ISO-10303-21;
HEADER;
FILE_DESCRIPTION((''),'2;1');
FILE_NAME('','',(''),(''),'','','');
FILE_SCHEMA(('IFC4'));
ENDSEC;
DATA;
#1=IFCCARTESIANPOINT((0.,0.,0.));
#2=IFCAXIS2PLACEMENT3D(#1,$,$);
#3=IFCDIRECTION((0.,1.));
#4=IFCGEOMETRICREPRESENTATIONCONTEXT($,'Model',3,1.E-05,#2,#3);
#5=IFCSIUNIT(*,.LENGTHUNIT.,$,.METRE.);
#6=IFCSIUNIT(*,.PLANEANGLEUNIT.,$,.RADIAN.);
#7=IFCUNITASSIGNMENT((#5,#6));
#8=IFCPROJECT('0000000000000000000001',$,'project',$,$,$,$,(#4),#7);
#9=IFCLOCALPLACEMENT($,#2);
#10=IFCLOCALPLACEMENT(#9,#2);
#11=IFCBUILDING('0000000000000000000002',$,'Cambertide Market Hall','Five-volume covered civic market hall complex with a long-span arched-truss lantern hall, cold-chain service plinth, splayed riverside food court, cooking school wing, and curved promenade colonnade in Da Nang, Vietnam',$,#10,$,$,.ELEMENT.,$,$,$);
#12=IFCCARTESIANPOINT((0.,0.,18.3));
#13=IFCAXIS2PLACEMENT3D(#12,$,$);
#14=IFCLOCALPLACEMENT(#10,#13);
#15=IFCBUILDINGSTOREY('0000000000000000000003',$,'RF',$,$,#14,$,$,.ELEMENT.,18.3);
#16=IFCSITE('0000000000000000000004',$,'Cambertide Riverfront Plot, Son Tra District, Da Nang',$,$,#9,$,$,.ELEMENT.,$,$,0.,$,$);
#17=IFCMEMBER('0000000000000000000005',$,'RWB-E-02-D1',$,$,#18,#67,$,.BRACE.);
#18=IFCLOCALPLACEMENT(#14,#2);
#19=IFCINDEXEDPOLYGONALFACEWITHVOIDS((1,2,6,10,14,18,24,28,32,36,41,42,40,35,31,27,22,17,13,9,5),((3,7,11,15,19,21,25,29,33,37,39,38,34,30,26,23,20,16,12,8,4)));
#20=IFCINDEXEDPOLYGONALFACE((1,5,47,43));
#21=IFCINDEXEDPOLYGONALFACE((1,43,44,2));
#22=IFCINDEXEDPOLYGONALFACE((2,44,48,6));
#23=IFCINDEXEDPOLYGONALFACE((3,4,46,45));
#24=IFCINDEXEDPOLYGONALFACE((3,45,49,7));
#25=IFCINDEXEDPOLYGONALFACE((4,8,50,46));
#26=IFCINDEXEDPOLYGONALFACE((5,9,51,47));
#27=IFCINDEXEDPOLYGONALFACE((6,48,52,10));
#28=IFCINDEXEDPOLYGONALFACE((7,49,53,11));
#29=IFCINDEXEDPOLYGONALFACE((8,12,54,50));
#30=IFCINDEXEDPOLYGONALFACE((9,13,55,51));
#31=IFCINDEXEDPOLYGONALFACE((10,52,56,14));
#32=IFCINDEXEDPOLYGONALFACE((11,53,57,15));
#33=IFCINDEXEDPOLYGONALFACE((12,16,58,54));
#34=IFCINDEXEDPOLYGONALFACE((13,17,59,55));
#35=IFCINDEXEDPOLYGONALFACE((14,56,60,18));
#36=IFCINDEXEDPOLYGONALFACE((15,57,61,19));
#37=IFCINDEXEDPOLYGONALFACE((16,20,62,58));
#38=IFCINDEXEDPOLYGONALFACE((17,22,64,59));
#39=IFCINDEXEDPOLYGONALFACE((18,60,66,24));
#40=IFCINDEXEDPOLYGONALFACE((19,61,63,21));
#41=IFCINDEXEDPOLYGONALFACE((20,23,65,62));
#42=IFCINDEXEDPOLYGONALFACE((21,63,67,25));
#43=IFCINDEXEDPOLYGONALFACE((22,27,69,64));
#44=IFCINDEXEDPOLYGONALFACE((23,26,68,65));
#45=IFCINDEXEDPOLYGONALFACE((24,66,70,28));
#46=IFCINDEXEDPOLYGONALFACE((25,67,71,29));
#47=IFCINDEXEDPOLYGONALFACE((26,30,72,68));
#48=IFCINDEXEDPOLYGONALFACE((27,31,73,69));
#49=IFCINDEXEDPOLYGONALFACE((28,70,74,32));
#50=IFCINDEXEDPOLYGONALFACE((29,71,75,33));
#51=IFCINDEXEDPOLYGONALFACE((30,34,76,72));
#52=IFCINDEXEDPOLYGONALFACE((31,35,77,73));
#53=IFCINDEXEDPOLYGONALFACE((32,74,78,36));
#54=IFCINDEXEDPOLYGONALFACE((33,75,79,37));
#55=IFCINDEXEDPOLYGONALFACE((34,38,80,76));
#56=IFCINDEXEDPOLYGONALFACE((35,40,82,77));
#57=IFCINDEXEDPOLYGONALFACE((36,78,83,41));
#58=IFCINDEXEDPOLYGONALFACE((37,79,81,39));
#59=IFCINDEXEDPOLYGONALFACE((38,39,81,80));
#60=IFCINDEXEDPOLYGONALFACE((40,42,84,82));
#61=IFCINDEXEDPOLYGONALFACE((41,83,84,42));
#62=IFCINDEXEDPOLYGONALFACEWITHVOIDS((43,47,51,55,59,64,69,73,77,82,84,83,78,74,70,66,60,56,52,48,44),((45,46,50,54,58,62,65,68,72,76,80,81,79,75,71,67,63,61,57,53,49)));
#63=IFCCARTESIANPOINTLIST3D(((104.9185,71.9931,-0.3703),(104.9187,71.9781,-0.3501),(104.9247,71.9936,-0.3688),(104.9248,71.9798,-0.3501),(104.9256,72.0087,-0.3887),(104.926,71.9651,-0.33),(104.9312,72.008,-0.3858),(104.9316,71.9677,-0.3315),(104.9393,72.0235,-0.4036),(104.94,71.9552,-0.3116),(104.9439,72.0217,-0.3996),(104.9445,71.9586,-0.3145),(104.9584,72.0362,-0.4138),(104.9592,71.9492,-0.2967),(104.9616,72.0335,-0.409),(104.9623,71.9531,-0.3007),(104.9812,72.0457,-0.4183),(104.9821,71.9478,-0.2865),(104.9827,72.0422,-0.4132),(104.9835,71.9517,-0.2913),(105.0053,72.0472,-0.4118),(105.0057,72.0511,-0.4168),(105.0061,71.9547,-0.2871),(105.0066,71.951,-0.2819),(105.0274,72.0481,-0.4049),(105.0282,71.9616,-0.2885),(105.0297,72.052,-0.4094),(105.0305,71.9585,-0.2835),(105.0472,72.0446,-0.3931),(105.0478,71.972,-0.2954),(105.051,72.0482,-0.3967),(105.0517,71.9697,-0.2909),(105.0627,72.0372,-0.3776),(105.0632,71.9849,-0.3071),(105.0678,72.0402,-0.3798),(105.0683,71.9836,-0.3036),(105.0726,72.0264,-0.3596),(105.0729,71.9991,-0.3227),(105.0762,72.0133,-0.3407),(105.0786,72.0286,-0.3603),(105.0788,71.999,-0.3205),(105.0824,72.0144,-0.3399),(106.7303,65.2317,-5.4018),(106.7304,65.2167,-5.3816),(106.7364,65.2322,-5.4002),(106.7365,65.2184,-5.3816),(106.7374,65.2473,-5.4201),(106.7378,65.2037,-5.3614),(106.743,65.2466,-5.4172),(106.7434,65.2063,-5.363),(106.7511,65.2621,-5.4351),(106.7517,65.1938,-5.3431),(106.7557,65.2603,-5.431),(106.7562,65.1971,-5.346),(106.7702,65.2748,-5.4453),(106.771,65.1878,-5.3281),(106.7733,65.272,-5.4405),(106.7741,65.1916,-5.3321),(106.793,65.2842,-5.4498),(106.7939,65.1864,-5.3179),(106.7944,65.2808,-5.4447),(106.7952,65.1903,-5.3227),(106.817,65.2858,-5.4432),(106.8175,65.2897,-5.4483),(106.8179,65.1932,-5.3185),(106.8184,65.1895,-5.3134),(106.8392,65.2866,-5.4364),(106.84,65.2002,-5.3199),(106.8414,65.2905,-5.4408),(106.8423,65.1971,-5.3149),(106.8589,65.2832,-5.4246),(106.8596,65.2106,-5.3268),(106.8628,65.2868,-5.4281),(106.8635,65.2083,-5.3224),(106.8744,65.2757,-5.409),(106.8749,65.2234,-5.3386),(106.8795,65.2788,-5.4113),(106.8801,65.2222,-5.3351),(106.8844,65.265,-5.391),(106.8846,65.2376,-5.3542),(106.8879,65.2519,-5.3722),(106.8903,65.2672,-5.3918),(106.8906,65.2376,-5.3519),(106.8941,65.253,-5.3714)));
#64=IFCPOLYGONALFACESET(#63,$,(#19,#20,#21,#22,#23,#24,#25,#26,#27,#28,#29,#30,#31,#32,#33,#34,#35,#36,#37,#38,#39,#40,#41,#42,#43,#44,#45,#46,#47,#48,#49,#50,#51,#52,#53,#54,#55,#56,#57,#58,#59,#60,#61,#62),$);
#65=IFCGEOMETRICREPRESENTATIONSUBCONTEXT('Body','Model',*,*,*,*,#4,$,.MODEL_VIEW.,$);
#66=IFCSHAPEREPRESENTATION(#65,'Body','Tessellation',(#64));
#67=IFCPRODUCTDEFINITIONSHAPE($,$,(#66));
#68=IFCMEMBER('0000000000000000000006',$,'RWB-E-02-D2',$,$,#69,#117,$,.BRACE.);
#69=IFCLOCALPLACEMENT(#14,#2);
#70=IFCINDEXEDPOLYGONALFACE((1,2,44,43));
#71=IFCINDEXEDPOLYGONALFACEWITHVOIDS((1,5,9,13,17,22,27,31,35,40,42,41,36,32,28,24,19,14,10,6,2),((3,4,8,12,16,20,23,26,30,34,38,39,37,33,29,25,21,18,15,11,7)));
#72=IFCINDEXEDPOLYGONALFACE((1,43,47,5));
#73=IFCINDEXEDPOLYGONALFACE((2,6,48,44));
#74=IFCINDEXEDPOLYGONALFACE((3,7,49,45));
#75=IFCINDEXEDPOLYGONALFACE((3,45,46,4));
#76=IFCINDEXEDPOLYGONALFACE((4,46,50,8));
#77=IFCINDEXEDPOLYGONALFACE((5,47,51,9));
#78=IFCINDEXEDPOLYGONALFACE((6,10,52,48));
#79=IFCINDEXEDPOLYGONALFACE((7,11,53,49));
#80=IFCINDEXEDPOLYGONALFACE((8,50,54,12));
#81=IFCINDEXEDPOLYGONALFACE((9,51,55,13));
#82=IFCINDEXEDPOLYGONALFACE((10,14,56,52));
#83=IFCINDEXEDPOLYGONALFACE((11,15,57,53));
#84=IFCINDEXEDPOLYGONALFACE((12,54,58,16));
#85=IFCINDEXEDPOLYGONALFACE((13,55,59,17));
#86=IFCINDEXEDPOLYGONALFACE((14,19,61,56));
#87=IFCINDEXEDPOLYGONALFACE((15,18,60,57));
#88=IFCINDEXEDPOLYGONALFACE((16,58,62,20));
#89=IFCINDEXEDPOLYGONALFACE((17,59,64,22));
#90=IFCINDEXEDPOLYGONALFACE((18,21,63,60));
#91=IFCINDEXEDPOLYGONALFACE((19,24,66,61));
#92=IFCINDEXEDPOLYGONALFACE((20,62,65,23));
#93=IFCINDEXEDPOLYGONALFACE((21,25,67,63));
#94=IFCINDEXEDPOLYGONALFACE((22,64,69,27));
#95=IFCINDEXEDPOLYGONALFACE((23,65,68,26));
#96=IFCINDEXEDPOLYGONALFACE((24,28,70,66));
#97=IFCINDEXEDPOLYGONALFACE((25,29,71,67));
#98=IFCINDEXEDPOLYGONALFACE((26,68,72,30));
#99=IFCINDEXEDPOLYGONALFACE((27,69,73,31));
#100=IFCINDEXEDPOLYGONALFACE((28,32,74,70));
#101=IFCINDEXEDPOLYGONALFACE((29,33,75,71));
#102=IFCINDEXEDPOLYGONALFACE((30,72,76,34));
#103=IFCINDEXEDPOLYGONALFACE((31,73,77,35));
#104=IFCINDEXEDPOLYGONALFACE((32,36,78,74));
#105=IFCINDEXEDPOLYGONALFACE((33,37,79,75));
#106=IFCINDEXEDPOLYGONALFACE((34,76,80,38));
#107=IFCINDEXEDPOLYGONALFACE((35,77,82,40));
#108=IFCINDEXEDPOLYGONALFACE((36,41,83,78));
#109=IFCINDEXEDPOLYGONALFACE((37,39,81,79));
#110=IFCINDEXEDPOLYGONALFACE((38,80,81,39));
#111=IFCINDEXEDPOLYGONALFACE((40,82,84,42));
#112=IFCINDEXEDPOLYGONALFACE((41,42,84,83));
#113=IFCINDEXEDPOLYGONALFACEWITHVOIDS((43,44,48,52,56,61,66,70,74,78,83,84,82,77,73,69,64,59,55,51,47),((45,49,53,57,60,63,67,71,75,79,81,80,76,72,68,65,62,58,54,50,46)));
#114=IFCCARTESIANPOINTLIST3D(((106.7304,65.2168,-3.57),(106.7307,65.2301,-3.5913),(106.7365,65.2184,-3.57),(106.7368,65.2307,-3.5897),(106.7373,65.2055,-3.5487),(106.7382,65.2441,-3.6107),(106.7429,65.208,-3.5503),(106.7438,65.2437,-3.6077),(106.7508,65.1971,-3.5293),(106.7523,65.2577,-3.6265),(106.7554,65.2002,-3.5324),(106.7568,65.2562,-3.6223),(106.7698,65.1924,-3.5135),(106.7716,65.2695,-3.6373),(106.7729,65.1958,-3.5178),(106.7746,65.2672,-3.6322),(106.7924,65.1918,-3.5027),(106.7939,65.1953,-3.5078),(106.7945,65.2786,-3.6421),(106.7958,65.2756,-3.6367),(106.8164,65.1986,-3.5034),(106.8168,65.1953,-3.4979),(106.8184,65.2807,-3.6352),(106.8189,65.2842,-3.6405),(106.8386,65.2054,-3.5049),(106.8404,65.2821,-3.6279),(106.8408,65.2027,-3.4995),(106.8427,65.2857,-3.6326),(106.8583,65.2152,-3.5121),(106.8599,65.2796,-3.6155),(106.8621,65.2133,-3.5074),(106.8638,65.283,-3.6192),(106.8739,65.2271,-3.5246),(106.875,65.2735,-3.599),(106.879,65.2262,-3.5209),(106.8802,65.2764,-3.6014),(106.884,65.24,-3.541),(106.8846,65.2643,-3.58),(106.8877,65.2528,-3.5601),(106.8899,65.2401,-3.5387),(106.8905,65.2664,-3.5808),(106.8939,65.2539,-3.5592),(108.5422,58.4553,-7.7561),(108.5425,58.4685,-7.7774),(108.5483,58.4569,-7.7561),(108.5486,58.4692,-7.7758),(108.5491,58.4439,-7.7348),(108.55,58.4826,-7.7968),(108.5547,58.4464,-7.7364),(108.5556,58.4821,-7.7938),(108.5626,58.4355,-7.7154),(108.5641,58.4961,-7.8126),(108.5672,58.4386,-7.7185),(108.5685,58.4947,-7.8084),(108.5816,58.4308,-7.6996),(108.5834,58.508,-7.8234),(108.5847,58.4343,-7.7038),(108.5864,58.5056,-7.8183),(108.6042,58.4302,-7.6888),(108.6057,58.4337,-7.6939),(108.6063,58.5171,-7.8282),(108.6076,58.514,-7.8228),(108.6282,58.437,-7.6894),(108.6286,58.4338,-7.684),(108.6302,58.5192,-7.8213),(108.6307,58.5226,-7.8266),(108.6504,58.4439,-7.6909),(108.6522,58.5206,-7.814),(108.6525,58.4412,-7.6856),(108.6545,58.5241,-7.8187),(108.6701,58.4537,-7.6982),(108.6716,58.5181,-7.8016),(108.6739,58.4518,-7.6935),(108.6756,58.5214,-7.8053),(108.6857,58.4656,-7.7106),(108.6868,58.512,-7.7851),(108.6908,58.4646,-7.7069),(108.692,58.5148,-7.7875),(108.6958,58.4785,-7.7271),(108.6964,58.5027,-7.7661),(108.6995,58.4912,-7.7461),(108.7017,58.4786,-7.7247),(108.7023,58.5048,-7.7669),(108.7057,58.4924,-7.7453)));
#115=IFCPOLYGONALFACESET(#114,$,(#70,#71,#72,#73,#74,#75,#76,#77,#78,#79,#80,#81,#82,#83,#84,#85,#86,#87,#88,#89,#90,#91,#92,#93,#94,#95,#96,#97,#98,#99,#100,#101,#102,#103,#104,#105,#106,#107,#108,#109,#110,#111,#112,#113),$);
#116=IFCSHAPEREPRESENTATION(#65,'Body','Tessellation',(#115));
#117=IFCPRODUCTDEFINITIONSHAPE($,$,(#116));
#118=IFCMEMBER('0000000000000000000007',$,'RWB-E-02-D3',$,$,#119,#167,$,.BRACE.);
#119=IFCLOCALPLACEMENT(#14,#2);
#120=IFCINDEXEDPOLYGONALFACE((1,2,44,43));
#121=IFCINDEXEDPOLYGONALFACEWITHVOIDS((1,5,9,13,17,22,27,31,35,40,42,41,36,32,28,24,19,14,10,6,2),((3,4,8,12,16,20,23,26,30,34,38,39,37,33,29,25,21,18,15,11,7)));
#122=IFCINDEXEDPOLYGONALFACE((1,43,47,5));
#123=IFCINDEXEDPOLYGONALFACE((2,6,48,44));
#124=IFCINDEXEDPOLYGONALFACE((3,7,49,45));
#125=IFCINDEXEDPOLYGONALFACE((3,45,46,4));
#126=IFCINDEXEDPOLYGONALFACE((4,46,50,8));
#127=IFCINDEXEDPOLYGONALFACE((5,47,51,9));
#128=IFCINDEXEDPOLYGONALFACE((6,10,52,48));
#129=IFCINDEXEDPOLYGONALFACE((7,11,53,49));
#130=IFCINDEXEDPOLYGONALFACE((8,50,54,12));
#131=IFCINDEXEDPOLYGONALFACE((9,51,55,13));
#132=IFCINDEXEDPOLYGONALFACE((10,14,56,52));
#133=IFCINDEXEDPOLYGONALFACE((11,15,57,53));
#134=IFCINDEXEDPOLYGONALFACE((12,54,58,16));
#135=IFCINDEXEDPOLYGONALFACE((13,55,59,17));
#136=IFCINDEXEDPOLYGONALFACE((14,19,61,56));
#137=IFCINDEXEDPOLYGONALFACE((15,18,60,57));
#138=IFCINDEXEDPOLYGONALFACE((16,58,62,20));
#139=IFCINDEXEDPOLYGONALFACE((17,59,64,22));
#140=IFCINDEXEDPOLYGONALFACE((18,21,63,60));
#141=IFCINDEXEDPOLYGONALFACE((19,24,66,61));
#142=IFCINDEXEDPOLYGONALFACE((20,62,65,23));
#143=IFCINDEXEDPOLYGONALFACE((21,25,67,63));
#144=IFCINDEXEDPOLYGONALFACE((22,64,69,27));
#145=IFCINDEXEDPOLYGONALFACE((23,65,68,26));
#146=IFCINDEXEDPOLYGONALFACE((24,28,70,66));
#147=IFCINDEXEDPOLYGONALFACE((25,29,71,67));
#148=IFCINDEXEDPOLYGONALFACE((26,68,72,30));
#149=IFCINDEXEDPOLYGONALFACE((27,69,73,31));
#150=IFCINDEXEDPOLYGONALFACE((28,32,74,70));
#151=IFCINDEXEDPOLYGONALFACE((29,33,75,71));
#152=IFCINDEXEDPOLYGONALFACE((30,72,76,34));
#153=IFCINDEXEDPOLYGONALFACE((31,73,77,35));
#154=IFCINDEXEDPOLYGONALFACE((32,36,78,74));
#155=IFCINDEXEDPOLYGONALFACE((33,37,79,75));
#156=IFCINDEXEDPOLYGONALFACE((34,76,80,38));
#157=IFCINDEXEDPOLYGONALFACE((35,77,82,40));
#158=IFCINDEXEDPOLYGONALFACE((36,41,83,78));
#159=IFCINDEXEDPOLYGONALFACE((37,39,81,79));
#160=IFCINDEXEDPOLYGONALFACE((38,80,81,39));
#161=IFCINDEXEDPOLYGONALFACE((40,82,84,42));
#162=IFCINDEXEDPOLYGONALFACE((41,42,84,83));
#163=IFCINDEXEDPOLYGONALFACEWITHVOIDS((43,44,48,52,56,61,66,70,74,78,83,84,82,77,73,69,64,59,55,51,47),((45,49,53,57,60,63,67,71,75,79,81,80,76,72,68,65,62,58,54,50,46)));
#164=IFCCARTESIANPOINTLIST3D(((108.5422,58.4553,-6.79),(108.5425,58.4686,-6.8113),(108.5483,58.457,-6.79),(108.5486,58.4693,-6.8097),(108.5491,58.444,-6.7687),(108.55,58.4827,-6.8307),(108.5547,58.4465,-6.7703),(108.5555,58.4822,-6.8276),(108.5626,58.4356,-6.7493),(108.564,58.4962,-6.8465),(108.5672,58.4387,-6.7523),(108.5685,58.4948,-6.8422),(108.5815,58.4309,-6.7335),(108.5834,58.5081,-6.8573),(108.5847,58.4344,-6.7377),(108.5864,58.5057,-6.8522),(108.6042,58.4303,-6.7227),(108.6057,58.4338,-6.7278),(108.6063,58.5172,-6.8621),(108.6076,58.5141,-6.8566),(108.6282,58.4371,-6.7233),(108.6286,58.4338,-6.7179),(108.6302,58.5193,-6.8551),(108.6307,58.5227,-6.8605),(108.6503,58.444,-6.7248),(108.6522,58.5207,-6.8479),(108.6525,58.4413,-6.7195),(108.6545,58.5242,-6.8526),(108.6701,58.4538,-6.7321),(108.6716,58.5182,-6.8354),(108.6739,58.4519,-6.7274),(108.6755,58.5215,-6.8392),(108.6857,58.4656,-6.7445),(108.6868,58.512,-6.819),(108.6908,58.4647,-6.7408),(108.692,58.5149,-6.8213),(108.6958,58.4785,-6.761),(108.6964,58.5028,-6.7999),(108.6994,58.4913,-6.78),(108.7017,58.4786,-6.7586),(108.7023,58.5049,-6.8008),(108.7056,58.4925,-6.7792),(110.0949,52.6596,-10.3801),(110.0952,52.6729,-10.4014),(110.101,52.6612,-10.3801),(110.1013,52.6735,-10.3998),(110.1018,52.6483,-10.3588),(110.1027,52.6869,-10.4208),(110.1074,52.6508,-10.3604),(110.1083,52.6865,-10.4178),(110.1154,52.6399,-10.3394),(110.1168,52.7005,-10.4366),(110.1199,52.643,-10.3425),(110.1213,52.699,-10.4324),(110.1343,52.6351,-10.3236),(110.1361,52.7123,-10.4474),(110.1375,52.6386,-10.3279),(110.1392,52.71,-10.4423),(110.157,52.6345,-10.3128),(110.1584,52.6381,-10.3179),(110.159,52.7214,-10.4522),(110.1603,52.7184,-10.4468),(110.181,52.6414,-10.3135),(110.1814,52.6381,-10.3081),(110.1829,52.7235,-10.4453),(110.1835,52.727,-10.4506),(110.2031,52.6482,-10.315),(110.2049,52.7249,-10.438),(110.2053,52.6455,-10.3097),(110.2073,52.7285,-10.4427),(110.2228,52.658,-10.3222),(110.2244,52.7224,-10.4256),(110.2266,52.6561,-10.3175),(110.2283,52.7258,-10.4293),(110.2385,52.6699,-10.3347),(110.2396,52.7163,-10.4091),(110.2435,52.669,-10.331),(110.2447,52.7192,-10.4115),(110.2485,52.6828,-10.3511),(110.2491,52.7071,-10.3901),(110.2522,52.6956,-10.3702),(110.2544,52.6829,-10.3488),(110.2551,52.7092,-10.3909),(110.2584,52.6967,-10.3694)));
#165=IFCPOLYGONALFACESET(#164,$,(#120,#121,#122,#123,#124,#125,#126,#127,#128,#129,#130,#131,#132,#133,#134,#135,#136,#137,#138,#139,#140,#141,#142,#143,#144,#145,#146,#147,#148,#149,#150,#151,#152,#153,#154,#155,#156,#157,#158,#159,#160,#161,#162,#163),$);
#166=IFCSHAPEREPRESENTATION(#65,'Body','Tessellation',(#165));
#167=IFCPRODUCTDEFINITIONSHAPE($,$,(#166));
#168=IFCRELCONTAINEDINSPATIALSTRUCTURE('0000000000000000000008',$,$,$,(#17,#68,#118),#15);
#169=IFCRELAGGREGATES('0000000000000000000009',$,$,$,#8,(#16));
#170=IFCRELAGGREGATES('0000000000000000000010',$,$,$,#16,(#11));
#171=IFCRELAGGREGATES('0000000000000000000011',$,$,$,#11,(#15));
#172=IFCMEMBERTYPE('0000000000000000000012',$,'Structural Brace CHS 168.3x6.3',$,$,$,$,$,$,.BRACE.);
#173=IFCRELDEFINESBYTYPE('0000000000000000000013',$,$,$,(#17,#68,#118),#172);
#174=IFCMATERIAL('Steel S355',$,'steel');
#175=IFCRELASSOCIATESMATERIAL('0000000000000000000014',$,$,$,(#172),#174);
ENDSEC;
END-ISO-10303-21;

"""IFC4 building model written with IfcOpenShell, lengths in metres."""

from ifc_helpers import new_model, si_unit, direction, frame, origin, origin_2d, place, context, subcontext, project, spatial, hollow_circle, extrude, material, material_profile, profile_set, type_object, element, save


model = new_model("IFC4")

# Units and contexts
model_context = context("Model", 3, precision=1e-05, world=origin(), true_north=direction((0.0, 1.0)))
body_context = subcontext(model_context, "Body", "Model", "MODEL_VIEW")
ifc_project = project(units=[si_unit("LENGTHUNIT", "METRE"), si_unit("PLANEANGLEUNIT", "RADIAN")], contexts=[model_context])

# Site, building, storey
site_placement = place(None, origin())
site = spatial("IfcSite", under=ifc_project, at=site_placement, Name="Cambertide Riverfront Plot, Son Tra District, Da Nang", CompositionType="ELEMENT", RefElevation=0.0)
building_placement = place(site_placement, origin())
building = spatial("IfcBuilding", under=site, at=building_placement, Name="Cambertide Market Hall", Description="Five-volume covered civic market hall complex with a long-span arched-truss lantern hall, cold-chain service plinth, splayed riverside food court, cooking school wing, and curved promenade colonnade in Da Nang, Vietnam", CompositionType="ELEMENT")
storey_placement = place(building_placement, frame((0.0, 0.0, 18.3)))
storey = spatial("IfcBuildingStorey", under=building, at=storey_placement, Name="RF", CompositionType="ELEMENT", Elevation=18.3)

# Members
ifc_material_1 = material(Name="Steel S355", Category="steel")
ifc_material_profile_1 = material_profile(ifc_material_1, hollow_circle(Radius=0.0842, WallThickness=0.0063, at=origin_2d()), Name="CHS 168.3x6.3")
ifc_profile_set_1 = profile_set([ifc_material_profile_1], Name="Steel S355")
member_type_1 = type_object("IfcMemberType", Name="Structural Brace CHS 168.3x6.3", PredefinedType="BRACE", material=ifc_profile_set_1)
member_1_placement = place(storey_placement, frame((106.8118, 65.2385, -5.3816), z_axis=(-0.210165, 0.784333, 0.583655), x_axis=(-0.965925, -0.258824, 0.0)))
element("IfcMember", 1, at=member_1_placement, inside=storey, type_object=member_type_1, Name="RWB-E-02-D1", PredefinedType="BRACE", context=body_context, shape_type="SweptSolid", body=[
    extrude(hollow_circle(Radius=0.0842, WallThickness=0.0063, at=origin_2d()), origin(), (0.0, 0.0, 1.0), 8.6206),
])
member_2_placement = place(storey_placement, frame((108.6235, 58.4771, -7.7561), z_axis=(-0.222135, 0.829002, 0.513236), x_axis=(-0.965925, -0.258824, 0.0)))
element("IfcMember", 2, at=member_2_placement, inside=storey, type_object=member_type_1, Name="RWB-E-02-D2", PredefinedType="BRACE", context=body_context, shape_type="SweptSolid", body=[
    extrude(hollow_circle(Radius=0.0842, WallThickness=0.0063, at=origin_2d()), origin(), (0.0, 0.0, 1.0), 8.1562),
])
member_3_placement = place(storey_placement, frame((110.1763, 52.6814, -10.3801), z_axis=(-0.22207, 0.828887, 0.51345), x_axis=(-0.965934, -0.258787, 0.0)))
element("IfcMember", 3, at=member_3_placement, inside=storey, type_object=member_type_1, Name="RWB-E-02-D3", PredefinedType="BRACE", context=body_context, shape_type="SweptSolid", body=[
    extrude(hollow_circle(Radius=0.0842, WallThickness=0.0063, at=origin_2d()), origin(), (0.0, 0.0, 1.0), 6.9922),
])

save(model, "model.ifc")
